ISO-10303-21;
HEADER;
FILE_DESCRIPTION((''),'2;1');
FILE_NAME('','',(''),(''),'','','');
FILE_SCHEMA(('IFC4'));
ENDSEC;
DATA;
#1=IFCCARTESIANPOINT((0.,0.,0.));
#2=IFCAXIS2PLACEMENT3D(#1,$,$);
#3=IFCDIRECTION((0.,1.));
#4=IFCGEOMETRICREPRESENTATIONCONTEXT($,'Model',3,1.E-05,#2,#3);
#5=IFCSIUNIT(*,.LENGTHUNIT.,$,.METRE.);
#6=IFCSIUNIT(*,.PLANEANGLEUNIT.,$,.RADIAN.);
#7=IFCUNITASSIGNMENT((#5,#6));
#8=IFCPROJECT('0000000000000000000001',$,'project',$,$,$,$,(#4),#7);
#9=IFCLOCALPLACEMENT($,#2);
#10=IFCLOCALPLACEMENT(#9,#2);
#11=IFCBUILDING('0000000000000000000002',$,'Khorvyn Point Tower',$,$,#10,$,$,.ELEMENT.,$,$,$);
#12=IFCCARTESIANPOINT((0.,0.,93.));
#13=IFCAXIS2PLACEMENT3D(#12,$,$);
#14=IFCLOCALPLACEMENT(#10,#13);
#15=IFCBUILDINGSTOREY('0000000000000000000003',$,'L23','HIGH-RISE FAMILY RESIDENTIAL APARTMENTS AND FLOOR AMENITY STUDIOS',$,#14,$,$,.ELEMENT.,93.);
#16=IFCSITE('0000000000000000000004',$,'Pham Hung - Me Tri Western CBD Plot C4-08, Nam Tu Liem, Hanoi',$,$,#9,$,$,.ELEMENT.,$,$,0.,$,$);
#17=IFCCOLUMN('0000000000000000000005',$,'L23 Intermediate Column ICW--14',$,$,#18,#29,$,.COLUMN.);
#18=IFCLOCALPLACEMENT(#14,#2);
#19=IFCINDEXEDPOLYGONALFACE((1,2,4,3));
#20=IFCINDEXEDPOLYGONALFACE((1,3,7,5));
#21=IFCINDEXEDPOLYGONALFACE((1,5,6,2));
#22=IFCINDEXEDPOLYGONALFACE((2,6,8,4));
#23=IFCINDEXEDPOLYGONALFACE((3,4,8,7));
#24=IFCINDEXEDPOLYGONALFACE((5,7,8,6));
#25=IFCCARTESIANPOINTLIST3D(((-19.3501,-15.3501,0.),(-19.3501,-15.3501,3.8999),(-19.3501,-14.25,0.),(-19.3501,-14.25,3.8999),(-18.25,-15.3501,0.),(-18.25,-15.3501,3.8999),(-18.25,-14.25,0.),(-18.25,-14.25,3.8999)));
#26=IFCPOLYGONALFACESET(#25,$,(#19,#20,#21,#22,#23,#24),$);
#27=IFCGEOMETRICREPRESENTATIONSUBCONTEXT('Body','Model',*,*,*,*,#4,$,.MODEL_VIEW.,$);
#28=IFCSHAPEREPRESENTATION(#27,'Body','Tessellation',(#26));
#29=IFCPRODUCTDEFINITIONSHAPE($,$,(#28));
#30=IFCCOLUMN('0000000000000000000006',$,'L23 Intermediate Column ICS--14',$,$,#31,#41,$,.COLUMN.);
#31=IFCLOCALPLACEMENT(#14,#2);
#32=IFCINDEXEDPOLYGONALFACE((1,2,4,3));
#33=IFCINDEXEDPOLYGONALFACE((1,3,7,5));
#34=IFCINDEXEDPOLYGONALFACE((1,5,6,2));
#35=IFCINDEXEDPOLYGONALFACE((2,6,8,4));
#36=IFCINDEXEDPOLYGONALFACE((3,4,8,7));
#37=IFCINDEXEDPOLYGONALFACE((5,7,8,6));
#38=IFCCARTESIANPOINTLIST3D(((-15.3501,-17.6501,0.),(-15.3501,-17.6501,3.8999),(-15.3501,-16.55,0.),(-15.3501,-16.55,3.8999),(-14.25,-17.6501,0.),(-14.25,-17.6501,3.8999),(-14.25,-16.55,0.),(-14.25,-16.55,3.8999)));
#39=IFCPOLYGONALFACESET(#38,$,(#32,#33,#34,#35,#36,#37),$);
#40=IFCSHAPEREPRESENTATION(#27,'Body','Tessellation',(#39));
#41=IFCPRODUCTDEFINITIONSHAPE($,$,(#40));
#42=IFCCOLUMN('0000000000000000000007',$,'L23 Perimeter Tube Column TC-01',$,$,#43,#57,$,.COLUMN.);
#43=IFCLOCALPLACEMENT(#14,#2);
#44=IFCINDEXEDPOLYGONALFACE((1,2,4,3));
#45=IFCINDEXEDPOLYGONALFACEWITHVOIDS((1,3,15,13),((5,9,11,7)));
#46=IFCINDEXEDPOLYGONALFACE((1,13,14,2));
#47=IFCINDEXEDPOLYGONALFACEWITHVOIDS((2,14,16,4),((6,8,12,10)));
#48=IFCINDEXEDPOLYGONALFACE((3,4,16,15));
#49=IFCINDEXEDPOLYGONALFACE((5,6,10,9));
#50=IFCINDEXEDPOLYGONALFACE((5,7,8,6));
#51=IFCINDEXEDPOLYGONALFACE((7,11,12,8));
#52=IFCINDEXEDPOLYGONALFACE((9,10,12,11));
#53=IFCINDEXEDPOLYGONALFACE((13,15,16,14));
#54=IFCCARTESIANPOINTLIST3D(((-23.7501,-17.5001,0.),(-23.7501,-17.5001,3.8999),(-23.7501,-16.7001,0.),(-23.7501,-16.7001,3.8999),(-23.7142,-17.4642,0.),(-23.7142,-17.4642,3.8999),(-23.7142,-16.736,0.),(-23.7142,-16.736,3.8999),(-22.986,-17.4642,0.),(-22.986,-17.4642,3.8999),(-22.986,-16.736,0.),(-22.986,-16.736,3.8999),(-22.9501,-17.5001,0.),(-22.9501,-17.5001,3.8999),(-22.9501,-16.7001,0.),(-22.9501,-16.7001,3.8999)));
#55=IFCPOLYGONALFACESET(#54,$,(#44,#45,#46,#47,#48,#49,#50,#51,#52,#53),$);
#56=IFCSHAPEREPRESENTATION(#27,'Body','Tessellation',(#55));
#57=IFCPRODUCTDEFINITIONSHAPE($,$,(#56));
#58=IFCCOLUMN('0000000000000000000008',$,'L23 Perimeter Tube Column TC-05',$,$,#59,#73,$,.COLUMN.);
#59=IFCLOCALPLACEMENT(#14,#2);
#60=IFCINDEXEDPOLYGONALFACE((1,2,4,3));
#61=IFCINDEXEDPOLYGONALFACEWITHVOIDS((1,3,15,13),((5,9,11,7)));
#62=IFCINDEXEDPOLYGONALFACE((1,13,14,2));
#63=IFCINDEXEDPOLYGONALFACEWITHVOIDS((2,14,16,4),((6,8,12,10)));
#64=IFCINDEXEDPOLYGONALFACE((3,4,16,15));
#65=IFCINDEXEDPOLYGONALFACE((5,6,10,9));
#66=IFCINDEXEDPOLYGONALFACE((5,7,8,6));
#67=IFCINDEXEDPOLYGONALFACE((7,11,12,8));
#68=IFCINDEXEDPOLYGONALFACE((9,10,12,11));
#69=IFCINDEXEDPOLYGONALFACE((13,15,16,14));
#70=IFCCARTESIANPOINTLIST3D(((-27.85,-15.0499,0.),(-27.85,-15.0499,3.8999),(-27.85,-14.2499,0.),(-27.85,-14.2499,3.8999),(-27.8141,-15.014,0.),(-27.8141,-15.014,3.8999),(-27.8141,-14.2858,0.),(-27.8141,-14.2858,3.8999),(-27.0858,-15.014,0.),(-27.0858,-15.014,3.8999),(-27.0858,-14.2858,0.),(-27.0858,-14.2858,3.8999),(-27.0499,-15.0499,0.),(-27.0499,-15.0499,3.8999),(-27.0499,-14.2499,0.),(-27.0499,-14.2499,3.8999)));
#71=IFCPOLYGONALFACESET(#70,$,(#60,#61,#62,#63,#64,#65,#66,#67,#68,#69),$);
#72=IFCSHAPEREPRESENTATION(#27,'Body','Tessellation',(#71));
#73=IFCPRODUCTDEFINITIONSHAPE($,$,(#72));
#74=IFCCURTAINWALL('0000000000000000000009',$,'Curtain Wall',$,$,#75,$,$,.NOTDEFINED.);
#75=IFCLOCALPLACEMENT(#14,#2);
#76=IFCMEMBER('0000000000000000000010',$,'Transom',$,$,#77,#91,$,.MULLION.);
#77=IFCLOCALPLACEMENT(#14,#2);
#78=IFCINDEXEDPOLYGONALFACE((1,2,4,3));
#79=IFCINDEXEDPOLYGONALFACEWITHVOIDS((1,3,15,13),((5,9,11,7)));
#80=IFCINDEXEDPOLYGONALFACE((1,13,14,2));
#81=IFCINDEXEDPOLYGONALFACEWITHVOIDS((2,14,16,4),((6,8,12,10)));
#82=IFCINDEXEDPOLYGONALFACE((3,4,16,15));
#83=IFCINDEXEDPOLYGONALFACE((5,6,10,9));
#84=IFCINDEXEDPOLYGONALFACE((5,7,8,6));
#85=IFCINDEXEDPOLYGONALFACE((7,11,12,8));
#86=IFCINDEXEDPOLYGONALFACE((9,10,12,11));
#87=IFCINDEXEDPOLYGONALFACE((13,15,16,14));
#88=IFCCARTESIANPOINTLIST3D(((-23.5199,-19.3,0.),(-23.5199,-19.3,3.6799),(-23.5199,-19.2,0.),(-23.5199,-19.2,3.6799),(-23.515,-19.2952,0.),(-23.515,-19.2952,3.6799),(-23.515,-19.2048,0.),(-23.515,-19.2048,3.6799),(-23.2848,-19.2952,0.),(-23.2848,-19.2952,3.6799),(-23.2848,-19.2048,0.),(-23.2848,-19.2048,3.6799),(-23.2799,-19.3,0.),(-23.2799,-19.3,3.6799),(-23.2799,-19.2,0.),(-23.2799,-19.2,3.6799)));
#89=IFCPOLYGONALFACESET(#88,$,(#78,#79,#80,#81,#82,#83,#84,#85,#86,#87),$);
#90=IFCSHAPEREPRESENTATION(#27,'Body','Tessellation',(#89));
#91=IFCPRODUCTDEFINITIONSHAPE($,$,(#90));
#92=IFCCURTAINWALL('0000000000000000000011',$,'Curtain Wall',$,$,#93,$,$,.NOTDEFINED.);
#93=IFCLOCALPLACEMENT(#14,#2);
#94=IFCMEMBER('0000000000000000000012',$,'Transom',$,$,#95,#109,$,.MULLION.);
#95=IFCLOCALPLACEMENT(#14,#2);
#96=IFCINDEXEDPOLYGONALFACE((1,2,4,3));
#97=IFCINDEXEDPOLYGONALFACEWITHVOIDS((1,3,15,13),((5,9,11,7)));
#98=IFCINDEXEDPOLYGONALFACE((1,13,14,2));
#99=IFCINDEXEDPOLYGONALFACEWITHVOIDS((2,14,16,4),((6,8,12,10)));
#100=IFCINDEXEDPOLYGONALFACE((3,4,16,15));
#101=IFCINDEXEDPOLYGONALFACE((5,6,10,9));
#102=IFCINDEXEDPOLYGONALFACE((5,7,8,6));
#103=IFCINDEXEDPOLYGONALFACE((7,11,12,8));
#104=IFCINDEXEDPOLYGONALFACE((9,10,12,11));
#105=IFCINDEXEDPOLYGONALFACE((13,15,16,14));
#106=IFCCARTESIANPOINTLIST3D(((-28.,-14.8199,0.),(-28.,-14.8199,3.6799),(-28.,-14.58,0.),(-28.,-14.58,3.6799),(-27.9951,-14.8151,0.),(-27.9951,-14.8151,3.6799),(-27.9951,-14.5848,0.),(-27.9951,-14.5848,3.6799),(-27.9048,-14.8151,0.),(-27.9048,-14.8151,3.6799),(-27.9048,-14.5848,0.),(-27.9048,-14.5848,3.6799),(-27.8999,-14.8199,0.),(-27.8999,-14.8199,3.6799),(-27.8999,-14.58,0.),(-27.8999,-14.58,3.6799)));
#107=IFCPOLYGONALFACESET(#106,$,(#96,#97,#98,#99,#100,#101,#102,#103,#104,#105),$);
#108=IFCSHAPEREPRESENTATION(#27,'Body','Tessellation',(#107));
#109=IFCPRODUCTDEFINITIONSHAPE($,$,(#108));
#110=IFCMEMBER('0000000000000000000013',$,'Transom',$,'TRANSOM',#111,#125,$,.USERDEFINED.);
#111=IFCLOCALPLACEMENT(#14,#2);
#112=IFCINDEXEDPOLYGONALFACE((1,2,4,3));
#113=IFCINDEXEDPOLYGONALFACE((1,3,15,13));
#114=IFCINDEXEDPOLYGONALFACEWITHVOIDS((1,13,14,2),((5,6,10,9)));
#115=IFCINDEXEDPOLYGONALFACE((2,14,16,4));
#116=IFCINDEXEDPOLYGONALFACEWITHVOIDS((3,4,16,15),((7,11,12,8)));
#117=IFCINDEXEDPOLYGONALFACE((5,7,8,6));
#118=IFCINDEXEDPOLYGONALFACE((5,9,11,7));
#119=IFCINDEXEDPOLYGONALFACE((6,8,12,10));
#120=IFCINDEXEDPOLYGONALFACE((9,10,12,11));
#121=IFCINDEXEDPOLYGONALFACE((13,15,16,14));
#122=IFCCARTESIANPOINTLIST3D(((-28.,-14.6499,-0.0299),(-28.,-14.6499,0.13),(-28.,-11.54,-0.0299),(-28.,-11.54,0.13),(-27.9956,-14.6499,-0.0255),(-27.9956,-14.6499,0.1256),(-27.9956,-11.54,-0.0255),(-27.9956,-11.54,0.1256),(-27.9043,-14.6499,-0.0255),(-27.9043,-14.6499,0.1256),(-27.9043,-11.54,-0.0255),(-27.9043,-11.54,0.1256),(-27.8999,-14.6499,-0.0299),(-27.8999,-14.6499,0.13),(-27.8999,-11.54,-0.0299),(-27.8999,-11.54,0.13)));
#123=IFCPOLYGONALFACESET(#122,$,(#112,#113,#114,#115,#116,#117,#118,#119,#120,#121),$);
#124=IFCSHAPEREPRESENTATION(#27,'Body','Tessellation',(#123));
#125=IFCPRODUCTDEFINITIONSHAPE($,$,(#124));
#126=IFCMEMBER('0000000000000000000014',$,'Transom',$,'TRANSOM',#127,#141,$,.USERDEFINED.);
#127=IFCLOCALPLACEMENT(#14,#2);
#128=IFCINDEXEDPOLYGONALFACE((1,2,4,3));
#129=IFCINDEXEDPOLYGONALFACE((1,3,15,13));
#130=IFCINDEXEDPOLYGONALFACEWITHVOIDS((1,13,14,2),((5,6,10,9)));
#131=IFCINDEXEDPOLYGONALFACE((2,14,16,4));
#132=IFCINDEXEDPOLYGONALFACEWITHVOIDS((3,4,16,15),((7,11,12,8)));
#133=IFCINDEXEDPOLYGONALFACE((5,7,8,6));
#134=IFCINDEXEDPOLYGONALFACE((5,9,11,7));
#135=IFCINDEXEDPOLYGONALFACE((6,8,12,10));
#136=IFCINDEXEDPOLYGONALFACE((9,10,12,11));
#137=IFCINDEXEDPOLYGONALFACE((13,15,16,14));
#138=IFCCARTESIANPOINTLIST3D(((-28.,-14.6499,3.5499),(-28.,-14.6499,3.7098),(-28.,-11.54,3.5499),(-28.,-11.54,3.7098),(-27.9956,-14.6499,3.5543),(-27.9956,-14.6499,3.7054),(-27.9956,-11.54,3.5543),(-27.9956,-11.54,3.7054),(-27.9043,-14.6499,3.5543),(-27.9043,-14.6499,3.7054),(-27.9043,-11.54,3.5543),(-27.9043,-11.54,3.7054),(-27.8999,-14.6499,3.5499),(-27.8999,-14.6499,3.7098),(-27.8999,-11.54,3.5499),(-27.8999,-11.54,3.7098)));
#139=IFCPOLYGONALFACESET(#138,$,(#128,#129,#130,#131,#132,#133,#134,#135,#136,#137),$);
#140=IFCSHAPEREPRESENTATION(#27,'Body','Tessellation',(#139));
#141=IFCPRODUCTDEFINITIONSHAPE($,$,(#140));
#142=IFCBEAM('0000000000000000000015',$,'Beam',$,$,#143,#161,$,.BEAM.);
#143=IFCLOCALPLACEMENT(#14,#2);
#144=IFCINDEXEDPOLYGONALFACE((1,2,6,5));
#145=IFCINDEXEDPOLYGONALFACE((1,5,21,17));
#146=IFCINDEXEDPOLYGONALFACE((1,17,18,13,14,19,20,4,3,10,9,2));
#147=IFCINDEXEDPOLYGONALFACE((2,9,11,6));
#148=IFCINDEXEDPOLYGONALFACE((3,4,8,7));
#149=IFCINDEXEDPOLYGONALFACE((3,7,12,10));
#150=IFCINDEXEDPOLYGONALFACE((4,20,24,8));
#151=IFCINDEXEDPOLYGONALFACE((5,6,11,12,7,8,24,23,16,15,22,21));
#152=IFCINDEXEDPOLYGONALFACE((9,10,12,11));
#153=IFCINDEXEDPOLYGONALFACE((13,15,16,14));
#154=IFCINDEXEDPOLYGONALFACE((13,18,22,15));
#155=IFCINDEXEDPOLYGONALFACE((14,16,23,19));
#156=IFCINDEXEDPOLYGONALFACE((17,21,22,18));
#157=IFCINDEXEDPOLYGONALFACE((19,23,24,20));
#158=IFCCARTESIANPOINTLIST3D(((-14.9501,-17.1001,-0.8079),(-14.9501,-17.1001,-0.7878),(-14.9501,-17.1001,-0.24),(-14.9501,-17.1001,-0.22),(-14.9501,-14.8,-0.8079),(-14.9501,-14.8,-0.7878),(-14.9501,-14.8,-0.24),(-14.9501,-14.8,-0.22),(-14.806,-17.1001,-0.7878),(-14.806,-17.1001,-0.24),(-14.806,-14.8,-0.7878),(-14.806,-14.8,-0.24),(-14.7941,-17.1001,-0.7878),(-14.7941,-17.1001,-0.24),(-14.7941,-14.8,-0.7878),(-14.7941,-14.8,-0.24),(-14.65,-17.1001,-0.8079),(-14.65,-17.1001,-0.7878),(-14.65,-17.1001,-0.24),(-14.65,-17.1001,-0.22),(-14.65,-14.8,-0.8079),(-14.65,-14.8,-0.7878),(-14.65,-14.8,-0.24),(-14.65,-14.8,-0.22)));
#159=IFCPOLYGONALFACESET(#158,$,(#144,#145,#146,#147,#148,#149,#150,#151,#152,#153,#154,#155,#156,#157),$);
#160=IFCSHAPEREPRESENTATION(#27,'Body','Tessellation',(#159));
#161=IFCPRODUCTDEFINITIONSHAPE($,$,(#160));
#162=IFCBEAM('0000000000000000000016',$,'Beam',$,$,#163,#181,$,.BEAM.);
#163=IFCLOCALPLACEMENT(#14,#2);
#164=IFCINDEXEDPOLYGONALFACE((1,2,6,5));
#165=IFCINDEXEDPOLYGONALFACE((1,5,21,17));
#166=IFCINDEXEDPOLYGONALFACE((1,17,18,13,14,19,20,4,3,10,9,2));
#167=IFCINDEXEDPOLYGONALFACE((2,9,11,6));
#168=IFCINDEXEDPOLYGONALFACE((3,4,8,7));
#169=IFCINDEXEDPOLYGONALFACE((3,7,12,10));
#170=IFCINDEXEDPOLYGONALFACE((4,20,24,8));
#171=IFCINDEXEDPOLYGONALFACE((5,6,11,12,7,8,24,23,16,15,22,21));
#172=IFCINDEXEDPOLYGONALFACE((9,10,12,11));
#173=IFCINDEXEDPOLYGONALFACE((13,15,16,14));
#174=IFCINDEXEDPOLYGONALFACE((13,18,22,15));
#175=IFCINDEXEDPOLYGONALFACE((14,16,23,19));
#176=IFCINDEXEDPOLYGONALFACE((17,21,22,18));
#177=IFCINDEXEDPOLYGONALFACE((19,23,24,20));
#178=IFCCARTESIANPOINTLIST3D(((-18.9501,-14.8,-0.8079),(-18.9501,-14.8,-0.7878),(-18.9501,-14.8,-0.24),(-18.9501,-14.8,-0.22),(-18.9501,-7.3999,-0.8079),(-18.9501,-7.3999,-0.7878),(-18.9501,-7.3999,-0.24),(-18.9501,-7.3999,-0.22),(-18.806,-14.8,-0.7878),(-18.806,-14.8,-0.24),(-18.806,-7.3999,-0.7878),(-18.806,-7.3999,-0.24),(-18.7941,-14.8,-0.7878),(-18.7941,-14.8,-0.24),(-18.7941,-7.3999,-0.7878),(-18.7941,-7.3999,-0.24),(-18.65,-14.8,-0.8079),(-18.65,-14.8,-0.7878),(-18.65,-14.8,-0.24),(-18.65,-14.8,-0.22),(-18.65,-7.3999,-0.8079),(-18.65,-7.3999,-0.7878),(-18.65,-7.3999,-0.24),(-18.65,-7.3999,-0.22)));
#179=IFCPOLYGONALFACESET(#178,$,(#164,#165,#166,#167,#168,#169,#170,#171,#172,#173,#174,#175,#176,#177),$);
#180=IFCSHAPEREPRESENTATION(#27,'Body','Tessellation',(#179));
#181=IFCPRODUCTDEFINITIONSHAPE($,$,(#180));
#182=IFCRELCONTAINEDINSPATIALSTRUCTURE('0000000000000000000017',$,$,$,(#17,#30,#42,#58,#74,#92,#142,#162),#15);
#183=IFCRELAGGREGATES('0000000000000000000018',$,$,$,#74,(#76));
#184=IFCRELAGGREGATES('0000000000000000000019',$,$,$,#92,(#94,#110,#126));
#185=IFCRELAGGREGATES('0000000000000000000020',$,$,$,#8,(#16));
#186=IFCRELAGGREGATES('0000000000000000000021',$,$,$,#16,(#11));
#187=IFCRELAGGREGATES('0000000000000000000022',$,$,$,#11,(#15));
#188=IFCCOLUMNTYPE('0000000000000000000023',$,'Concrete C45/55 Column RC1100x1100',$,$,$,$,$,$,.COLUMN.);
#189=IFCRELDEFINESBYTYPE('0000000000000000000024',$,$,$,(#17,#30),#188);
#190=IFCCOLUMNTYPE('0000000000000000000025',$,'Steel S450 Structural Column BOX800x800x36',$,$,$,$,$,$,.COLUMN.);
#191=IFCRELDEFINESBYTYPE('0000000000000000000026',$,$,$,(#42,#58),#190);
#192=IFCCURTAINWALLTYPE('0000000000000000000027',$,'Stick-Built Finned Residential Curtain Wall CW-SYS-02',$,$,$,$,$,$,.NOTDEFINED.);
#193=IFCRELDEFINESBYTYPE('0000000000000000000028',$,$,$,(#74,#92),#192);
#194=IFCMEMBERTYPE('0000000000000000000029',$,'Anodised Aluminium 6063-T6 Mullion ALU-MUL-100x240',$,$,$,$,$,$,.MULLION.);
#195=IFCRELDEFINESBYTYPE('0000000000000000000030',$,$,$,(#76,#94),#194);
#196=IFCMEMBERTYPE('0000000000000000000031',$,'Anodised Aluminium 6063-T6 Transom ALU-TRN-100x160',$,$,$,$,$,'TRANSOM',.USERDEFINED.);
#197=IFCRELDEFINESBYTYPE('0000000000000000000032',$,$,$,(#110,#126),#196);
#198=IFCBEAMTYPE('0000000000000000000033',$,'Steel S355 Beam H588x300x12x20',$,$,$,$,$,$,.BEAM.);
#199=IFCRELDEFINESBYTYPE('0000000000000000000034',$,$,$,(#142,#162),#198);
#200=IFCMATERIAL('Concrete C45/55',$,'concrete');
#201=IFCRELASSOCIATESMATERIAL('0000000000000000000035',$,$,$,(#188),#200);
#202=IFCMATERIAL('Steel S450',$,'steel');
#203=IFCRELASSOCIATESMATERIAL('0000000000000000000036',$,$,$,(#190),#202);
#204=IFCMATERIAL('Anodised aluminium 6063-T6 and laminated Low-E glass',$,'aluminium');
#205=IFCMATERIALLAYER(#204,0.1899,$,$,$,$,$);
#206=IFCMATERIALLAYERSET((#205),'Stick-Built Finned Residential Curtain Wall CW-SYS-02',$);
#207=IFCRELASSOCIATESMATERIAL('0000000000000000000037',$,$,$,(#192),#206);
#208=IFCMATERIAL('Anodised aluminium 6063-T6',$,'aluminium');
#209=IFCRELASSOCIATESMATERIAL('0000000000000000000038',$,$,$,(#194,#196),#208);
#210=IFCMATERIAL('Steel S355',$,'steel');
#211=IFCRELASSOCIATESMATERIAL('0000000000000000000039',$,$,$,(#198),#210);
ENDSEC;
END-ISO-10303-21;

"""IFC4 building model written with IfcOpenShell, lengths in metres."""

from ifc_helpers import new_model, si_unit, direction, frame, origin, origin_2d, place, context, subcontext, project, spatial, rectangle, hollow_rectangle, i_section, extrude, material, layer, layer_set, material_profile, profile_set, type_object, element, aggregate, save


model = new_model("IFC4")

# Units and contexts
model_context = context("Model", 3, precision=1e-05, world=origin(), true_north=direction((0.0, 1.0)))
body_context = subcontext(model_context, "Body", "Model", "MODEL_VIEW")
ifc_project = project(units=[si_unit("LENGTHUNIT", "METRE"), si_unit("PLANEANGLEUNIT", "RADIAN")], contexts=[model_context])

# Site, building, storey
site_placement = place(None, origin())
site = spatial("IfcSite", under=ifc_project, at=site_placement, Name="Pham Hung - Me Tri Western CBD Plot C4-08, Nam Tu Liem, Hanoi", CompositionType="ELEMENT", RefElevation=0.0)
building_placement = place(site_placement, origin())
building = spatial("IfcBuilding", under=site, at=building_placement, Name="Khorvyn Point Tower", CompositionType="ELEMENT")
storey_placement = place(building_placement, frame((0.0, 0.0, 93.0)))
storey = spatial("IfcBuildingStorey", under=building, at=storey_placement, Name="L23", Description="HIGH-RISE FAMILY RESIDENTIAL APARTMENTS AND FLOOR AMENITY STUDIOS", CompositionType="ELEMENT", Elevation=93.0)

# Columns
ifc_material_1 = material(Name="Concrete C45/55", Category="concrete")
ifc_material_profile_1 = material_profile(ifc_material_1, rectangle(XDim=1.1001, YDim=1.1001, at=origin_2d()))
ifc_profile_set_1 = profile_set([ifc_material_profile_1], Name="Concrete C45/55 RC1100x1100")
column_type_1 = type_object("IfcColumnType", Name="Concrete C45/55 Column RC1100x1100", PredefinedType="COLUMN", material=ifc_profile_set_1)
for number, where, z_axis, x_axis, name in (
    (1, (-18.8, -14.8, 0.0), (0.0, 0.0, 1.0), (1.0, 0.0, 0.0), "L23 Intermediate Column ICW--14"),
    (2, (-14.8, -17.1001, 0.0), (0.0, 0.0, 1.0), (1.0, 0.0, 0.0), "L23 Intermediate Column ICS--14"),
):
    element("IfcColumn", number, at=place(storey_placement, frame(where, z_axis=z_axis, x_axis=x_axis)), inside=storey, type_object=column_type_1, Name=name, PredefinedType="COLUMN", context=body_context, shape_type="SweptSolid", body=[
        extrude(rectangle(XDim=1.1001, YDim=1.1001, at=origin_2d()), origin(), (0.0, 0.0, 1.0), 3.8999),
    ])
ifc_material_2 = material(Name="Steel S450", Category="steel")
ifc_material_profile_2 = material_profile(ifc_material_2, hollow_rectangle(XDim=0.8, YDim=0.8, WallThickness=0.0359, at=origin_2d()))
ifc_profile_set_2 = profile_set([ifc_material_profile_2], Name="Steel S450 BOX800x800x36")
column_type_2 = type_object("IfcColumnType", Name="Steel S450 Structural Column BOX800x800x36", PredefinedType="COLUMN", material=ifc_profile_set_2)
for number, where, z_axis, x_axis, name in (
    (3, (-23.3501, -17.1001, 0.0), (0.0, 0.0, 1.0), (1.0, 0.0, 0.0), "L23 Perimeter Tube Column TC-01"),
    (4, (-27.45, -14.6499, 0.0), (0.0, 0.0, 1.0), (1.0, 0.0, 0.0), "L23 Perimeter Tube Column TC-05"),
):
    element("IfcColumn", number, at=place(storey_placement, frame(where, z_axis=z_axis, x_axis=x_axis)), inside=storey, type_object=column_type_2, Name=name, PredefinedType="COLUMN", context=body_context, shape_type="SweptSolid", body=[
        extrude(hollow_rectangle(XDim=0.8, YDim=0.8, WallThickness=0.0359, at=origin_2d()), origin(), (0.0, 0.0, 1.0), 3.8999),
    ])

# Curtain wall, member
ifc_material_3 = material(Name="Anodised aluminium 6063-T6 and laminated Low-E glass", Category="aluminium")
ifc_layer_1 = layer(ifc_material_3, 0.1899)
ifc_layer_set_1 = layer_set([ifc_layer_1], Name="Stick-Built Finned Residential Curtain Wall CW-SYS-02")
curtain_wall_type = type_object("IfcCurtainWallType", Name="Stick-Built Finned Residential Curtain Wall CW-SYS-02", PredefinedType="NOTDEFINED", material=ifc_layer_set_1)
curtain_wall_1_placement = place(storey_placement, origin())
curtain_wall_1 = element("IfcCurtainWall", 5, at=curtain_wall_1_placement, inside=storey, type_object=curtain_wall_type, Name="Curtain Wall", PredefinedType="NOTDEFINED")
ifc_material_4 = material(Name="Anodised aluminium 6063-T6", Category="aluminium")
ifc_material_profile_3 = material_profile(ifc_material_4, hollow_rectangle(XDim=0.1001, YDim=0.24, WallThickness=0.0049, at=origin_2d()))
ifc_profile_set_3 = profile_set([ifc_material_profile_3], Name="Anodised aluminium 6063-T6 ALU-MUL-100x240")
member_type_1 = type_object("IfcMemberType", Name="Anodised Aluminium 6063-T6 Mullion ALU-MUL-100x240", PredefinedType="MULLION", material=ifc_profile_set_3)
member_1_placement = place(storey_placement, frame((-23.3999, -19.25, 0.0), z_axis=(0.0, 0.0, 1.0), x_axis=(0.0, -1.0, 0.0)))
member_1 = element("IfcMember", 6, at=member_1_placement, type_object=member_type_1, Name="Transom", PredefinedType="MULLION", context=body_context, shape_type="SweptSolid", body=[
    extrude(hollow_rectangle(XDim=0.1001, YDim=0.24, WallThickness=0.0049, at=origin_2d()), origin(), (0.0, 0.0, 1.0), 3.6799),
])

# Curtain wall, members
curtain_wall_2_placement = place(storey_placement, origin())
curtain_wall_2 = element("IfcCurtainWall", 7, at=curtain_wall_2_placement, inside=storey, type_object=curtain_wall_type, Name="Curtain Wall", PredefinedType="NOTDEFINED")
member_2_placement = place(storey_placement, frame((-27.95, -14.7, 0.0), z_axis=(0.0, 0.0, 1.0), x_axis=(-1.0, 0.0, 0.0)))
member_2 = element("IfcMember", 8, at=member_2_placement, type_object=member_type_1, Name="Transom", PredefinedType="MULLION", context=body_context, shape_type="SweptSolid", body=[
    extrude(hollow_rectangle(XDim=0.1001, YDim=0.24, WallThickness=0.0049, at=origin_2d()), origin(), (0.0, 0.0, 1.0), 3.6799),
])
ifc_material_profile_4 = material_profile(ifc_material_4, hollow_rectangle(XDim=0.1001, YDim=0.1599, WallThickness=0.0044, at=origin_2d()))
ifc_profile_set_4 = profile_set([ifc_material_profile_4], Name="Anodised aluminium 6063-T6 ALU-TRN-100x160")
member_type_2 = type_object("IfcMemberType", Name="Anodised Aluminium 6063-T6 Transom ALU-TRN-100x160", ElementType="TRANSOM", PredefinedType="USERDEFINED", material=ifc_profile_set_4)
member_3_placement = place(storey_placement, frame((-27.95, -14.6499, 0.05), z_axis=(0.0, 1.0, 0.0), x_axis=(-1.0, 0.0, 0.0)))
member_3 = element("IfcMember", 9, at=member_3_placement, type_object=member_type_2, Name="Transom", ObjectType="TRANSOM", PredefinedType="USERDEFINED", context=body_context, shape_type="SweptSolid", body=[
    extrude(hollow_rectangle(XDim=0.1001, YDim=0.1599, WallThickness=0.0044, at=origin_2d()), origin(), (0.0, 0.0, 1.0), 3.1099),
])
member_4_placement = place(storey_placement, frame((-27.95, -14.6499, 3.6299), z_axis=(0.0, 1.0, 0.0), x_axis=(-1.0, 0.0, 0.0)))
member_4 = element("IfcMember", 10, at=member_4_placement, type_object=member_type_2, Name="Transom", ObjectType="TRANSOM", PredefinedType="USERDEFINED", context=body_context, shape_type="SweptSolid", body=[
    extrude(hollow_rectangle(XDim=0.1001, YDim=0.1599, WallThickness=0.0044, at=origin_2d()), origin(), (0.0, 0.0, 1.0), 3.1099),
])

# Beams
ifc_material_5 = material(Name="Steel S355", Category="steel")
ifc_material_profile_5 = material_profile(ifc_material_5, i_section(OverallWidth=0.3, OverallDepth=0.5879, WebThickness=0.012, FlangeThickness=0.02, at=origin_2d()))
ifc_profile_set_5 = profile_set([ifc_material_profile_5], Name="Steel S355 H588x300x12x20")
beam_type_1 = type_object("IfcBeamType", Name="Steel S355 Beam H588x300x12x20", PredefinedType="BEAM", material=ifc_profile_set_5)
beam_1_placement = place(storey_placement, frame((-14.8, -17.1001, -0.5139), z_axis=(0.0, 1.0, 0.0), x_axis=(-1.0, 0.0, 0.0)))
element("IfcBeam", 11, at=beam_1_placement, inside=storey, type_object=beam_type_1, Name="Beam", PredefinedType="BEAM", context=body_context, shape_type="SweptSolid", body=[
    extrude(i_section(OverallWidth=0.3, OverallDepth=0.5879, WebThickness=0.012, FlangeThickness=0.02, at=origin_2d()), origin(), (0.0, 0.0, 1.0), 2.3),
])
beam_2_placement = place(storey_placement, frame((-18.8, -14.8, -0.5139), z_axis=(0.0, 1.0, 0.0), x_axis=(-1.0, 0.0, 0.0)))
element("IfcBeam", 12, at=beam_2_placement, inside=storey, type_object=beam_type_1, Name="Beam", PredefinedType="BEAM", context=body_context, shape_type="SweptSolid", body=[
    extrude(i_section(OverallWidth=0.3, OverallDepth=0.5879, WebThickness=0.012, FlangeThickness=0.02, at=origin_2d()), origin(), (0.0, 0.0, 1.0), 7.4001),
])

aggregate(curtain_wall_1, [member_1])
aggregate(curtain_wall_2, [member_2, member_3, member_4])

save(model, "model.ifc")
